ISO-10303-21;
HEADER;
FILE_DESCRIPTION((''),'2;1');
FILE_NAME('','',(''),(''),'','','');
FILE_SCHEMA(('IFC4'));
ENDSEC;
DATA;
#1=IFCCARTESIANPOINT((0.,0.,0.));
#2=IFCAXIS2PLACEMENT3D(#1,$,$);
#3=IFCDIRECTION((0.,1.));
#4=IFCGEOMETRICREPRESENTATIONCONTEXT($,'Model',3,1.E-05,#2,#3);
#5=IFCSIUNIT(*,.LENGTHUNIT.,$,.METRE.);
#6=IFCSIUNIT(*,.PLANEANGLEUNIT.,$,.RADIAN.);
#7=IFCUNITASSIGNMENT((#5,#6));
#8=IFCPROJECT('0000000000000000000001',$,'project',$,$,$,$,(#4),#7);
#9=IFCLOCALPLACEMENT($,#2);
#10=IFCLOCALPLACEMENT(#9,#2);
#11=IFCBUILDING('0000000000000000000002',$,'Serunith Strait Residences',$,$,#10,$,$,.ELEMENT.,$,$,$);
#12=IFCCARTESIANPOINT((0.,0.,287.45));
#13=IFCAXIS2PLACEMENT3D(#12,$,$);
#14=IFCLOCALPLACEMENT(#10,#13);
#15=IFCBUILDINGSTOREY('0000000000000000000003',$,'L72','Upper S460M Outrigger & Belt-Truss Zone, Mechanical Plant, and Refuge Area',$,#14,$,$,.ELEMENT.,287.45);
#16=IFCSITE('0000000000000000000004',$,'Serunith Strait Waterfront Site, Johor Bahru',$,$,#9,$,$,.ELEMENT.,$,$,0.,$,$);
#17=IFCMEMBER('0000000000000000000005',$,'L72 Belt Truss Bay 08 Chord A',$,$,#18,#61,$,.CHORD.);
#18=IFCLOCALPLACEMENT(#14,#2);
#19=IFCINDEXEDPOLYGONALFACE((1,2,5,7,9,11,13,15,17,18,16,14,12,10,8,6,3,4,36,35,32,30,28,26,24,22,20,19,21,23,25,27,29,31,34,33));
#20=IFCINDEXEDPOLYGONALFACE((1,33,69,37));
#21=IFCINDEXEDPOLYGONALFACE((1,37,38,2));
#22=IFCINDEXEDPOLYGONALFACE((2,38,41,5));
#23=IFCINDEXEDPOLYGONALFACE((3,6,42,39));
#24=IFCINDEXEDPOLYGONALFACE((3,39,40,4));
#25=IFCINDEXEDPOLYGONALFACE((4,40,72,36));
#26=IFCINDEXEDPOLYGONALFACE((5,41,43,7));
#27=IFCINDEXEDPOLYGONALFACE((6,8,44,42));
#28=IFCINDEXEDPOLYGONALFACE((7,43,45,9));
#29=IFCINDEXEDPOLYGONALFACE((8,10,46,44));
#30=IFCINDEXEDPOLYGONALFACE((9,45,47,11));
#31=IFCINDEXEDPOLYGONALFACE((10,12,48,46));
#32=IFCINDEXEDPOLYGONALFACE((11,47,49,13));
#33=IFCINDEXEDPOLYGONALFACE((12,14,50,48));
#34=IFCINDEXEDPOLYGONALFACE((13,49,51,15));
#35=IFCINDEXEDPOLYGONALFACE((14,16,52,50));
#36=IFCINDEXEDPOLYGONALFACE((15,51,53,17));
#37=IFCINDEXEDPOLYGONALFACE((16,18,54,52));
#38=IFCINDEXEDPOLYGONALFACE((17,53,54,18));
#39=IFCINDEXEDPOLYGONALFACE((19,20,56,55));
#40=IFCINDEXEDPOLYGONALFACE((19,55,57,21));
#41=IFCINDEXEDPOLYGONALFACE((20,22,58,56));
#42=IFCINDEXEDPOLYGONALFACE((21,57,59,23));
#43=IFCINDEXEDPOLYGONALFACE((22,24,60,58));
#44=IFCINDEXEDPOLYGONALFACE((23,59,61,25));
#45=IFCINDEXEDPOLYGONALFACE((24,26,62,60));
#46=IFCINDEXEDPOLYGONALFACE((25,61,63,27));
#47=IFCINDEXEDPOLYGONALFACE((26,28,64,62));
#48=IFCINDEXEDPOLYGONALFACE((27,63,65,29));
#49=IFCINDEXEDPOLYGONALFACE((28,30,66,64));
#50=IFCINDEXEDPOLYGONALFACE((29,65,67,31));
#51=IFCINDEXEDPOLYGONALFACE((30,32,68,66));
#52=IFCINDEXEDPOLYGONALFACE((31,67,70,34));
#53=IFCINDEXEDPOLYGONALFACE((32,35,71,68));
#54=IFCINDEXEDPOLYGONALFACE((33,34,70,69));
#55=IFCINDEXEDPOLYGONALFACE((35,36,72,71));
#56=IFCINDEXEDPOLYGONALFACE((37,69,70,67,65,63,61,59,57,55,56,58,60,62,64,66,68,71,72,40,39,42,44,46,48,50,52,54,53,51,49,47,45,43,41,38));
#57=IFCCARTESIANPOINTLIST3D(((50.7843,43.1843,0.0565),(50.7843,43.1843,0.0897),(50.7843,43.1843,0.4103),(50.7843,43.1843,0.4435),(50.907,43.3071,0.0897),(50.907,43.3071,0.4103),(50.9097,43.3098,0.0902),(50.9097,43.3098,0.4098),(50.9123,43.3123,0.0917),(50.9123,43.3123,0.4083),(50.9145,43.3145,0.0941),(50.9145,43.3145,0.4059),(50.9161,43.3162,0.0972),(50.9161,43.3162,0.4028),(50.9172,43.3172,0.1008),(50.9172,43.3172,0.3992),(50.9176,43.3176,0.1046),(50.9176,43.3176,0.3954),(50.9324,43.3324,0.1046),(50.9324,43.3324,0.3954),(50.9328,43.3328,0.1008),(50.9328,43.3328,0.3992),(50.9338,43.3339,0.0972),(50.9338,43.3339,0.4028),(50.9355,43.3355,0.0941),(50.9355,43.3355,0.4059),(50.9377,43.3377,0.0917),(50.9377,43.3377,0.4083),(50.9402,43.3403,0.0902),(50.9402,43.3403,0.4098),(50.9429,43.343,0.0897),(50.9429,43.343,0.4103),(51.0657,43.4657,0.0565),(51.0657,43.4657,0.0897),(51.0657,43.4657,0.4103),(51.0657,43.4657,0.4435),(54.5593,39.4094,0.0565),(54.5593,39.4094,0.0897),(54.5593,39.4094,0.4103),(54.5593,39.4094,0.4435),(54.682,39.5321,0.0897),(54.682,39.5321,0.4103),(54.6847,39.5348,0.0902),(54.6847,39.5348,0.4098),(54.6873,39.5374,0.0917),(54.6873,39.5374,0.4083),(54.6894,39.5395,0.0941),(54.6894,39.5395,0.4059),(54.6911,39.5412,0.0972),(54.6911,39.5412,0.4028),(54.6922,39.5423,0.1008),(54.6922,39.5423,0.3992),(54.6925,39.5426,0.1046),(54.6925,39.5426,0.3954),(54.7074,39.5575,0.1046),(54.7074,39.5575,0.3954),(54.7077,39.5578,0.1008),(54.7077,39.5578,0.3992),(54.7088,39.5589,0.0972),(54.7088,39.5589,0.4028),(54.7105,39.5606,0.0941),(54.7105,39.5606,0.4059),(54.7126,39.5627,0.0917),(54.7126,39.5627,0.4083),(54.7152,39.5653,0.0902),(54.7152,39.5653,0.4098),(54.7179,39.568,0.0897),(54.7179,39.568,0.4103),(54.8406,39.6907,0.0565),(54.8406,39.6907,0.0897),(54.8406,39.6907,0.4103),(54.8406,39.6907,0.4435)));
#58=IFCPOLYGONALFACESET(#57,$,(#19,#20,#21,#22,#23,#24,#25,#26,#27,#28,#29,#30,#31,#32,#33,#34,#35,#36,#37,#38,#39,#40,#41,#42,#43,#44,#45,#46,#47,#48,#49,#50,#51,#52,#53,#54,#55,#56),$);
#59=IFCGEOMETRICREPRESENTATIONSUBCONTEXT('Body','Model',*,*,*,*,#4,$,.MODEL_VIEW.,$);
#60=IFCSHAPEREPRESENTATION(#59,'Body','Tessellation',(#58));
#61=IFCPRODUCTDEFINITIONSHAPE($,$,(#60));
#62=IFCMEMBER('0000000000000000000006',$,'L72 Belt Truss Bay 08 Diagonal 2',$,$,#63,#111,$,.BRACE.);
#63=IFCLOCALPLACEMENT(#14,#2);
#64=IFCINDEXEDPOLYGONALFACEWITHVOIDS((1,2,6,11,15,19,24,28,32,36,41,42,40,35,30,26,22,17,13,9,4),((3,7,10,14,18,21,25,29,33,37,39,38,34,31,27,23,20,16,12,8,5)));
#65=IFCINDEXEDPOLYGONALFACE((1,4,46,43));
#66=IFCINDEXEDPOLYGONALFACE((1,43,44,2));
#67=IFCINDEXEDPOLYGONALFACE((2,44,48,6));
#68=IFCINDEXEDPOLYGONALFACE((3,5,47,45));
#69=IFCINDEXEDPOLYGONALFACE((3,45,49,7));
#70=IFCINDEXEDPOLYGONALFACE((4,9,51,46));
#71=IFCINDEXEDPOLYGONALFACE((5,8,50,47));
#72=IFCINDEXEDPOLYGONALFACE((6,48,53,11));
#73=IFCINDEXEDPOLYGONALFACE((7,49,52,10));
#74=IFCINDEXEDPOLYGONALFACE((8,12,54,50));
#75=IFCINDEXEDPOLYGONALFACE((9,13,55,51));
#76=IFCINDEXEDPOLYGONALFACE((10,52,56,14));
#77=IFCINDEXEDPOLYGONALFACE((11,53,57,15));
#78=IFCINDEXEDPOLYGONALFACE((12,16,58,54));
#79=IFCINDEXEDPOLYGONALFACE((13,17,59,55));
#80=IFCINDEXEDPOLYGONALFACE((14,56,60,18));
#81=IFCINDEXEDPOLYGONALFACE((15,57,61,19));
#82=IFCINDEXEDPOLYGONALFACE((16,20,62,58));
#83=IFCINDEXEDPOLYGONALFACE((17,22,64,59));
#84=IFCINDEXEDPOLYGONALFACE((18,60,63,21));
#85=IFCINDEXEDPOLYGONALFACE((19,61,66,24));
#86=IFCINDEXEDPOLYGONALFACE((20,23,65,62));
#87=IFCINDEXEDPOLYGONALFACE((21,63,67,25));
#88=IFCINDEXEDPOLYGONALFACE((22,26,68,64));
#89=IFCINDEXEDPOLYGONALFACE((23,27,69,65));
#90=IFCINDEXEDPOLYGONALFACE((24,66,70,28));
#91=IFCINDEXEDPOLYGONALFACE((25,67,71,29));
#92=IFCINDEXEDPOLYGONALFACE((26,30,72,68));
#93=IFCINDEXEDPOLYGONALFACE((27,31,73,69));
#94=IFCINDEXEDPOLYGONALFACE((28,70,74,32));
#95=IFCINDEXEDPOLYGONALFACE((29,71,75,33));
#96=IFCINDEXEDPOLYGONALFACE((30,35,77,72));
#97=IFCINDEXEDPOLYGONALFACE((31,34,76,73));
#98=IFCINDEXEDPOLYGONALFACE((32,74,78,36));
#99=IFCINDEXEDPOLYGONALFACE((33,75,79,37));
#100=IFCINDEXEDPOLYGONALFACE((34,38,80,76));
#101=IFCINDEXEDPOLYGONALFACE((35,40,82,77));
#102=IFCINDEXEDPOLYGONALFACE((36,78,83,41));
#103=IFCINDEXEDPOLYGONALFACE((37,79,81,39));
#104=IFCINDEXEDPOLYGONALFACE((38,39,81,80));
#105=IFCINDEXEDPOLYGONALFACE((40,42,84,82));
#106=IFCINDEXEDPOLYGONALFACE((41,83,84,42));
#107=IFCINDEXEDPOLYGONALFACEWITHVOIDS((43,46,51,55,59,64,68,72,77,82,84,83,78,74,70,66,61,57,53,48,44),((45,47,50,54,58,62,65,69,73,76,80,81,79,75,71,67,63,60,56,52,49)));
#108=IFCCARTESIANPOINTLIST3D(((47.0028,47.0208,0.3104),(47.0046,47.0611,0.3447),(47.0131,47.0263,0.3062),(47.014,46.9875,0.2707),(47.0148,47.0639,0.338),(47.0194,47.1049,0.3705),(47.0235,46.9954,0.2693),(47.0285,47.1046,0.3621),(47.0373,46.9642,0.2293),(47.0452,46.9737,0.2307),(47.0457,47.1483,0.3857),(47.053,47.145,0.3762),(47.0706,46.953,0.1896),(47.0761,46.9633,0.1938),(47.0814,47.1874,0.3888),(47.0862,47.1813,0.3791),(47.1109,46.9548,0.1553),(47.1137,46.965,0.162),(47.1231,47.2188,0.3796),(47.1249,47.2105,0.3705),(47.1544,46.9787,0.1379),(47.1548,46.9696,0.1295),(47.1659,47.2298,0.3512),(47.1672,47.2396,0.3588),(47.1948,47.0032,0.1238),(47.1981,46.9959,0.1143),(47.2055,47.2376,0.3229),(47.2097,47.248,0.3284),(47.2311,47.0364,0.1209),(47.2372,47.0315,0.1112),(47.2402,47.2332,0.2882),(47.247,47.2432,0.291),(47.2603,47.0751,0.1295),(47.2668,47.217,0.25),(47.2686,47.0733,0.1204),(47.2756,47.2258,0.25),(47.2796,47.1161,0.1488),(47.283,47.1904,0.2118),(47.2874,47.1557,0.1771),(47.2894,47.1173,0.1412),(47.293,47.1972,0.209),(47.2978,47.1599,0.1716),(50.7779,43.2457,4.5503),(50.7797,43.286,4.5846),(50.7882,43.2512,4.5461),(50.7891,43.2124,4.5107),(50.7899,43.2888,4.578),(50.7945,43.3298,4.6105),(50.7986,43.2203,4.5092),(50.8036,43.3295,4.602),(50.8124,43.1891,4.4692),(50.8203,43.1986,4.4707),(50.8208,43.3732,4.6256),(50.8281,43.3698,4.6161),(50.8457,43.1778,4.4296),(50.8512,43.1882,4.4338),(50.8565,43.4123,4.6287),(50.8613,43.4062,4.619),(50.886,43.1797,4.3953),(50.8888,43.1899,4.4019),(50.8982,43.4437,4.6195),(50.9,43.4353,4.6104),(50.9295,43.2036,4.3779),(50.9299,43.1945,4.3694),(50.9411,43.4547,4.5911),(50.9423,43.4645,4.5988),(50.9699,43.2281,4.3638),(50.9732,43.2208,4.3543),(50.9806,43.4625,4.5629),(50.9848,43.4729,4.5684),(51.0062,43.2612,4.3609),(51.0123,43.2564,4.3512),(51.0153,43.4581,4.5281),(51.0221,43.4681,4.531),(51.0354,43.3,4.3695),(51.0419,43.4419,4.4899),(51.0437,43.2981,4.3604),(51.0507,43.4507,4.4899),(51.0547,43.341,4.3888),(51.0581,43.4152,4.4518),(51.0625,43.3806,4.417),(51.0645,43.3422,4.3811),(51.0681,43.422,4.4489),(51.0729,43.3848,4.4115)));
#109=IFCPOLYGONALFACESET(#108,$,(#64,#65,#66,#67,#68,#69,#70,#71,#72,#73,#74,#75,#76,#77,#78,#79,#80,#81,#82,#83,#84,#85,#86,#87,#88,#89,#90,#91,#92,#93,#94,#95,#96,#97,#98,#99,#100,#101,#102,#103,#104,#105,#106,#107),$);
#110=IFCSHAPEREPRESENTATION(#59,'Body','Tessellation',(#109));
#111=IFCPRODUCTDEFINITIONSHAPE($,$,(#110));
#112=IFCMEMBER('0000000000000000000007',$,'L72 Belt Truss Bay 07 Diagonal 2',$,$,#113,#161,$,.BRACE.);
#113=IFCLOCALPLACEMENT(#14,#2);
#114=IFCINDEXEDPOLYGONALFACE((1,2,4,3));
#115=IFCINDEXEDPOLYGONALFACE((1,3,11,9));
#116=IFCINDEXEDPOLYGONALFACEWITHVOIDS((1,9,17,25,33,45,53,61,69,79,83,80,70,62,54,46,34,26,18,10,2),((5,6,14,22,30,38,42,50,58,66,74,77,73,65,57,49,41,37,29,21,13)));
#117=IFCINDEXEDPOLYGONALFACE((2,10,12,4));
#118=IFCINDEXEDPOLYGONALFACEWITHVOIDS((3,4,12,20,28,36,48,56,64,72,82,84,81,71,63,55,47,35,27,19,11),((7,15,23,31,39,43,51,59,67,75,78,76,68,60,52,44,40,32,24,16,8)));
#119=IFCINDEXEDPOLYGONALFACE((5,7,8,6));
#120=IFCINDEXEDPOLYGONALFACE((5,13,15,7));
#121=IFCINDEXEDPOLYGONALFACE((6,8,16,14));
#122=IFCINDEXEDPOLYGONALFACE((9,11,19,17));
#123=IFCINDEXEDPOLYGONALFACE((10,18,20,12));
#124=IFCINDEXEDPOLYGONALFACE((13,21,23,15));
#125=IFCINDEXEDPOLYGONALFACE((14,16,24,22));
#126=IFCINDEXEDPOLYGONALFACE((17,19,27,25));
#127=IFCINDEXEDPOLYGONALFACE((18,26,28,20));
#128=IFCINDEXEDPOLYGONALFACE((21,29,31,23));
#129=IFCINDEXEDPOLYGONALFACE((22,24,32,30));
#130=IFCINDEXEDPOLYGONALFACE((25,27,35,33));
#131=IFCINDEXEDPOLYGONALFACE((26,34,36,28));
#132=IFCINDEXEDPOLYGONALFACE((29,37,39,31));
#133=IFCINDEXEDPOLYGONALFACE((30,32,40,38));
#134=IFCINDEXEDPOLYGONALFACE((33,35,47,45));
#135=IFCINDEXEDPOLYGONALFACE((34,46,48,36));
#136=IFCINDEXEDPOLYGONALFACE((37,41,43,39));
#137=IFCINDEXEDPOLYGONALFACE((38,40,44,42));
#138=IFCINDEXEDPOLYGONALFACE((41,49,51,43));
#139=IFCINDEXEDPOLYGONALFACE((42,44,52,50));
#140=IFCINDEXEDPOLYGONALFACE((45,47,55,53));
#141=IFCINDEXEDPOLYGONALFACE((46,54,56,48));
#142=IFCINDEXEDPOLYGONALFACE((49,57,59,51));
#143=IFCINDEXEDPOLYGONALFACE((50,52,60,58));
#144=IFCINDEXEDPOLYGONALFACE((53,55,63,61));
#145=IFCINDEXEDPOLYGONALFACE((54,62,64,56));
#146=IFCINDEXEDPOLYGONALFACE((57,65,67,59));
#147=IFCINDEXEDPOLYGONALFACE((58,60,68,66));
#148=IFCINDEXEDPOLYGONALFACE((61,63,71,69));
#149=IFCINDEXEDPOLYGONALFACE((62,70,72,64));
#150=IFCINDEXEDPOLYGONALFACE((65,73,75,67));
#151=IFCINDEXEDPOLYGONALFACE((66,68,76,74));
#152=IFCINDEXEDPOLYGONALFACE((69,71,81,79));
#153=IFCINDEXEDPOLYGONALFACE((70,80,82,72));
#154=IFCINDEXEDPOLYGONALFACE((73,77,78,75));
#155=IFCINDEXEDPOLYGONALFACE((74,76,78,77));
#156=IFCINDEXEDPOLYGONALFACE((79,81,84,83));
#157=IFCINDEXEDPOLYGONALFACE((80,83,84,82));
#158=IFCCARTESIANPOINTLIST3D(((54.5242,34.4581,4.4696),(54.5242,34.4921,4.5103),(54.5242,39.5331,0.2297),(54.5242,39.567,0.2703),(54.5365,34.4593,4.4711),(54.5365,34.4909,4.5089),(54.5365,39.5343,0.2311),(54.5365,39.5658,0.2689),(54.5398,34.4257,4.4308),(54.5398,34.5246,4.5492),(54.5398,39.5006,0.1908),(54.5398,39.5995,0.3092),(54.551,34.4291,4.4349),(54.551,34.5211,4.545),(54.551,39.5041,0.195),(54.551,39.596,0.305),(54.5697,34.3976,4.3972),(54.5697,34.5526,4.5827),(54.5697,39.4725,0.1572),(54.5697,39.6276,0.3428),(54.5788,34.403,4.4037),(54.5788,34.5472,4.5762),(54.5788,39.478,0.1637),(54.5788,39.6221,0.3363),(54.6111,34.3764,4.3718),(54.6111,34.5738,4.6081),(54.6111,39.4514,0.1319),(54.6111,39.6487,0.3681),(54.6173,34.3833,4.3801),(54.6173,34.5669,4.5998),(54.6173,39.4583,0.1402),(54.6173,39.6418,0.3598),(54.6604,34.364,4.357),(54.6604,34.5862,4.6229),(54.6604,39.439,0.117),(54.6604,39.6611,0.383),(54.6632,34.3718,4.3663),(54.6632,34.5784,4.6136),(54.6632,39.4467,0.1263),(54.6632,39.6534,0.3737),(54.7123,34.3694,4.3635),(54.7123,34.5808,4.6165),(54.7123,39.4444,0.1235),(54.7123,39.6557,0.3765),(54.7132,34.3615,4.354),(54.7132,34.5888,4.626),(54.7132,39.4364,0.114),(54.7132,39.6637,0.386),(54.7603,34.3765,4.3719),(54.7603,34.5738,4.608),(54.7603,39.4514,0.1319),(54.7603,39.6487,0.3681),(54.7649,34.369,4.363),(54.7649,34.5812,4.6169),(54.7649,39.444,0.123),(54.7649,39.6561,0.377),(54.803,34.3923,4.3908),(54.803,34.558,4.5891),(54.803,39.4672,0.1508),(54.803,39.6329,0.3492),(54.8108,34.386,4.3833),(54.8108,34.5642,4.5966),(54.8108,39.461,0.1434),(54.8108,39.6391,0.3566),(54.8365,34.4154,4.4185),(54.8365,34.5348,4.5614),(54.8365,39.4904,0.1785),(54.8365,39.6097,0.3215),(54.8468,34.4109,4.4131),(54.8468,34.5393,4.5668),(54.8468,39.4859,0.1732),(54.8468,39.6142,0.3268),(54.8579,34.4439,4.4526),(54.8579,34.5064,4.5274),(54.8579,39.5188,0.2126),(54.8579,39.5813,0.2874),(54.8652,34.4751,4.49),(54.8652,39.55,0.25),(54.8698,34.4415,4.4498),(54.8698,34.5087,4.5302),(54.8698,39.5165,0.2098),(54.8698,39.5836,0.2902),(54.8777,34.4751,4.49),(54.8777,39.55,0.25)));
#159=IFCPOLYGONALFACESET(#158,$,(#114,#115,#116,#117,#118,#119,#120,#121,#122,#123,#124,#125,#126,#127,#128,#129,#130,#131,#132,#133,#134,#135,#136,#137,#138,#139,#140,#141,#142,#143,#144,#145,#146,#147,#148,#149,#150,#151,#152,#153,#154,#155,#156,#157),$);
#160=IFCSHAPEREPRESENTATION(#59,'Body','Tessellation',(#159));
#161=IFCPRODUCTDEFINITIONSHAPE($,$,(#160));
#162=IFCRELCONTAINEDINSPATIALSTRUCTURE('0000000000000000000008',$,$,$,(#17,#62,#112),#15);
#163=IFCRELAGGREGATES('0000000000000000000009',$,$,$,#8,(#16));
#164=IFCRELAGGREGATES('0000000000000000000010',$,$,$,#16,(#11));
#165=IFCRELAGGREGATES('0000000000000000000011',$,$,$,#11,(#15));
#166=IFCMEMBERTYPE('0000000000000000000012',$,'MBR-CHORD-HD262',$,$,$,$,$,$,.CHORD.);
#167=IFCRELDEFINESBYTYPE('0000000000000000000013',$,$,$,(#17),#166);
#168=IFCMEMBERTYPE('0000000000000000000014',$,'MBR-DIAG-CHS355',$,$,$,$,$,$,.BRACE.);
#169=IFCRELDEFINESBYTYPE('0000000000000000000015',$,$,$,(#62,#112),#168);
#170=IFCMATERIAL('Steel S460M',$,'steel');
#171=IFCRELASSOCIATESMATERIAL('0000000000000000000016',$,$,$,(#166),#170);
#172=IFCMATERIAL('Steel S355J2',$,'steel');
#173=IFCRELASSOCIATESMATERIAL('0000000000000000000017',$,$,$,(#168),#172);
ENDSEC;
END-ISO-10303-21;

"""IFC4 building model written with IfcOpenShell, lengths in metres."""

from ifc_helpers import new_model, si_unit, direction, frame, origin, origin_2d, place, context, subcontext, project, spatial, hollow_circle, i_section, extrude, source, transform, mapped, material, material_profile, profile_set, type_object, element, save


model = new_model("IFC4")

# Units and contexts
model_context = context("Model", 3, precision=1e-05, world=origin(), true_north=direction((0.0, 1.0)))
body_context = subcontext(model_context, "Body", "Model", "MODEL_VIEW")
ifc_project = project(units=[si_unit("LENGTHUNIT", "METRE"), si_unit("PLANEANGLEUNIT", "RADIAN")], contexts=[model_context])

# Site, building, storey
site_placement = place(None, origin())
site = spatial("IfcSite", under=ifc_project, at=site_placement, Name="Serunith Strait Waterfront Site, Johor Bahru", CompositionType="ELEMENT", RefElevation=0.0)
building_placement = place(site_placement, origin())
building = spatial("IfcBuilding", under=site, at=building_placement, Name="Serunith Strait Residences", CompositionType="ELEMENT")
storey_placement = place(building_placement, frame((0.0, 0.0, 287.45)))
storey = spatial("IfcBuildingStorey", under=building, at=storey_placement, Name="L72", Description="Upper S460M Outrigger & Belt-Truss Zone, Mechanical Plant, and Refuge Area", CompositionType="ELEMENT", Elevation=287.45)

# Shared definitions
ifc_material_1 = material(Name="Steel S355J2", Category="steel")

# Members
ifc_material_2 = material(Name="Steel S460M", Category="steel")
ifc_material_profile_1 = material_profile(ifc_material_2, i_section(OverallWidth=0.3979, OverallDepth=0.387, WebThickness=0.021, FlangeThickness=0.0332, FilletRadius=0.0149, at=origin_2d()), Name="HD 400x262")
ifc_profile_set_1 = profile_set([ifc_material_profile_1], Name="Steel S460M")
member_type_1 = type_object("IfcMemberType", Name="MBR-CHORD-HD262", PredefinedType="CHORD", material=ifc_profile_set_1)
ifc_material_profile_2 = material_profile(ifc_material_1, hollow_circle(Radius=0.1777, WallThickness=0.0125, at=origin_2d()), Name="CHS 355.6x12.5")
ifc_profile_set_2 = profile_set([ifc_material_profile_2], Name="Steel S355J2")
member_type_2 = type_object("IfcMemberType", Name="MBR-DIAG-CHS355", PredefinedType="BRACE", material=ifc_profile_set_2)
shared_shape_1 = source(origin(), body_context, "Body", "SweptSolid", [
    extrude(i_section(OverallWidth=0.3979, OverallDepth=0.387, WebThickness=0.021, FlangeThickness=0.0332, FilletRadius=0.0149, at=origin_2d()), origin(), (0.0, 0.0, 1.0), 5.3386),
])
member_1_placement = place(storey_placement, frame((54.7, 39.55, 0.25), z_axis=(-0.707107, 0.707107, 0.0), x_axis=(-0.707107, -0.707107, 0.0)))
element("IfcMember", 1, at=member_1_placement, inside=storey, type_object=member_type_1, Name="L72 Belt Truss Bay 08 Chord A", PredefinedType="CHORD", context=body_context, shape_type="MappedRepresentation", body=[
    mapped(shared_shape_1, transform((0.0, 0.0, 0.0), scale=1.0)),
])
shared_shape_2 = source(origin(), body_context, "Body", "SweptSolid", [
    extrude(hollow_circle(Radius=0.1777, WallThickness=0.0125, at=origin_2d()), origin(), (0.0, 0.0, 1.0), 6.8176),
])
member_2_placement = place(storey_placement, frame((47.1499, 47.1001, 0.25), z_axis=(0.553728, -0.553728, 0.62191), x_axis=(0.707107, 0.707107, 0.0)))
element("IfcMember", 2, at=member_2_placement, inside=storey, type_object=member_type_2, Name="L72 Belt Truss Bay 08 Diagonal 2", PredefinedType="BRACE", context=body_context, shape_type="MappedRepresentation", body=[
    mapped(shared_shape_2, transform((0.0, 0.0, 0.0), scale=1.0)),
])
shared_shape_3 = source(origin(), body_context, "Body", "SweptSolid", [
    extrude(hollow_circle(Radius=0.1777, WallThickness=0.0125, at=origin_2d()), origin(), (0.0, 0.0, 1.0), 6.613),
])
member_3_placement = place(storey_placement, frame((54.7, 39.55, 0.25), z_axis=(0.0, -0.767413, 0.641153), x_axis=(1.0, 0.0, 0.0)))
element("IfcMember", 3, at=member_3_placement, inside=storey, type_object=member_type_2, Name="L72 Belt Truss Bay 07 Diagonal 2", PredefinedType="BRACE", context=body_context, shape_type="MappedRepresentation", body=[
    mapped(shared_shape_3, transform((0.0, 0.0, 0.0), scale=1.0)),
])

save(model, "model.ifc")
